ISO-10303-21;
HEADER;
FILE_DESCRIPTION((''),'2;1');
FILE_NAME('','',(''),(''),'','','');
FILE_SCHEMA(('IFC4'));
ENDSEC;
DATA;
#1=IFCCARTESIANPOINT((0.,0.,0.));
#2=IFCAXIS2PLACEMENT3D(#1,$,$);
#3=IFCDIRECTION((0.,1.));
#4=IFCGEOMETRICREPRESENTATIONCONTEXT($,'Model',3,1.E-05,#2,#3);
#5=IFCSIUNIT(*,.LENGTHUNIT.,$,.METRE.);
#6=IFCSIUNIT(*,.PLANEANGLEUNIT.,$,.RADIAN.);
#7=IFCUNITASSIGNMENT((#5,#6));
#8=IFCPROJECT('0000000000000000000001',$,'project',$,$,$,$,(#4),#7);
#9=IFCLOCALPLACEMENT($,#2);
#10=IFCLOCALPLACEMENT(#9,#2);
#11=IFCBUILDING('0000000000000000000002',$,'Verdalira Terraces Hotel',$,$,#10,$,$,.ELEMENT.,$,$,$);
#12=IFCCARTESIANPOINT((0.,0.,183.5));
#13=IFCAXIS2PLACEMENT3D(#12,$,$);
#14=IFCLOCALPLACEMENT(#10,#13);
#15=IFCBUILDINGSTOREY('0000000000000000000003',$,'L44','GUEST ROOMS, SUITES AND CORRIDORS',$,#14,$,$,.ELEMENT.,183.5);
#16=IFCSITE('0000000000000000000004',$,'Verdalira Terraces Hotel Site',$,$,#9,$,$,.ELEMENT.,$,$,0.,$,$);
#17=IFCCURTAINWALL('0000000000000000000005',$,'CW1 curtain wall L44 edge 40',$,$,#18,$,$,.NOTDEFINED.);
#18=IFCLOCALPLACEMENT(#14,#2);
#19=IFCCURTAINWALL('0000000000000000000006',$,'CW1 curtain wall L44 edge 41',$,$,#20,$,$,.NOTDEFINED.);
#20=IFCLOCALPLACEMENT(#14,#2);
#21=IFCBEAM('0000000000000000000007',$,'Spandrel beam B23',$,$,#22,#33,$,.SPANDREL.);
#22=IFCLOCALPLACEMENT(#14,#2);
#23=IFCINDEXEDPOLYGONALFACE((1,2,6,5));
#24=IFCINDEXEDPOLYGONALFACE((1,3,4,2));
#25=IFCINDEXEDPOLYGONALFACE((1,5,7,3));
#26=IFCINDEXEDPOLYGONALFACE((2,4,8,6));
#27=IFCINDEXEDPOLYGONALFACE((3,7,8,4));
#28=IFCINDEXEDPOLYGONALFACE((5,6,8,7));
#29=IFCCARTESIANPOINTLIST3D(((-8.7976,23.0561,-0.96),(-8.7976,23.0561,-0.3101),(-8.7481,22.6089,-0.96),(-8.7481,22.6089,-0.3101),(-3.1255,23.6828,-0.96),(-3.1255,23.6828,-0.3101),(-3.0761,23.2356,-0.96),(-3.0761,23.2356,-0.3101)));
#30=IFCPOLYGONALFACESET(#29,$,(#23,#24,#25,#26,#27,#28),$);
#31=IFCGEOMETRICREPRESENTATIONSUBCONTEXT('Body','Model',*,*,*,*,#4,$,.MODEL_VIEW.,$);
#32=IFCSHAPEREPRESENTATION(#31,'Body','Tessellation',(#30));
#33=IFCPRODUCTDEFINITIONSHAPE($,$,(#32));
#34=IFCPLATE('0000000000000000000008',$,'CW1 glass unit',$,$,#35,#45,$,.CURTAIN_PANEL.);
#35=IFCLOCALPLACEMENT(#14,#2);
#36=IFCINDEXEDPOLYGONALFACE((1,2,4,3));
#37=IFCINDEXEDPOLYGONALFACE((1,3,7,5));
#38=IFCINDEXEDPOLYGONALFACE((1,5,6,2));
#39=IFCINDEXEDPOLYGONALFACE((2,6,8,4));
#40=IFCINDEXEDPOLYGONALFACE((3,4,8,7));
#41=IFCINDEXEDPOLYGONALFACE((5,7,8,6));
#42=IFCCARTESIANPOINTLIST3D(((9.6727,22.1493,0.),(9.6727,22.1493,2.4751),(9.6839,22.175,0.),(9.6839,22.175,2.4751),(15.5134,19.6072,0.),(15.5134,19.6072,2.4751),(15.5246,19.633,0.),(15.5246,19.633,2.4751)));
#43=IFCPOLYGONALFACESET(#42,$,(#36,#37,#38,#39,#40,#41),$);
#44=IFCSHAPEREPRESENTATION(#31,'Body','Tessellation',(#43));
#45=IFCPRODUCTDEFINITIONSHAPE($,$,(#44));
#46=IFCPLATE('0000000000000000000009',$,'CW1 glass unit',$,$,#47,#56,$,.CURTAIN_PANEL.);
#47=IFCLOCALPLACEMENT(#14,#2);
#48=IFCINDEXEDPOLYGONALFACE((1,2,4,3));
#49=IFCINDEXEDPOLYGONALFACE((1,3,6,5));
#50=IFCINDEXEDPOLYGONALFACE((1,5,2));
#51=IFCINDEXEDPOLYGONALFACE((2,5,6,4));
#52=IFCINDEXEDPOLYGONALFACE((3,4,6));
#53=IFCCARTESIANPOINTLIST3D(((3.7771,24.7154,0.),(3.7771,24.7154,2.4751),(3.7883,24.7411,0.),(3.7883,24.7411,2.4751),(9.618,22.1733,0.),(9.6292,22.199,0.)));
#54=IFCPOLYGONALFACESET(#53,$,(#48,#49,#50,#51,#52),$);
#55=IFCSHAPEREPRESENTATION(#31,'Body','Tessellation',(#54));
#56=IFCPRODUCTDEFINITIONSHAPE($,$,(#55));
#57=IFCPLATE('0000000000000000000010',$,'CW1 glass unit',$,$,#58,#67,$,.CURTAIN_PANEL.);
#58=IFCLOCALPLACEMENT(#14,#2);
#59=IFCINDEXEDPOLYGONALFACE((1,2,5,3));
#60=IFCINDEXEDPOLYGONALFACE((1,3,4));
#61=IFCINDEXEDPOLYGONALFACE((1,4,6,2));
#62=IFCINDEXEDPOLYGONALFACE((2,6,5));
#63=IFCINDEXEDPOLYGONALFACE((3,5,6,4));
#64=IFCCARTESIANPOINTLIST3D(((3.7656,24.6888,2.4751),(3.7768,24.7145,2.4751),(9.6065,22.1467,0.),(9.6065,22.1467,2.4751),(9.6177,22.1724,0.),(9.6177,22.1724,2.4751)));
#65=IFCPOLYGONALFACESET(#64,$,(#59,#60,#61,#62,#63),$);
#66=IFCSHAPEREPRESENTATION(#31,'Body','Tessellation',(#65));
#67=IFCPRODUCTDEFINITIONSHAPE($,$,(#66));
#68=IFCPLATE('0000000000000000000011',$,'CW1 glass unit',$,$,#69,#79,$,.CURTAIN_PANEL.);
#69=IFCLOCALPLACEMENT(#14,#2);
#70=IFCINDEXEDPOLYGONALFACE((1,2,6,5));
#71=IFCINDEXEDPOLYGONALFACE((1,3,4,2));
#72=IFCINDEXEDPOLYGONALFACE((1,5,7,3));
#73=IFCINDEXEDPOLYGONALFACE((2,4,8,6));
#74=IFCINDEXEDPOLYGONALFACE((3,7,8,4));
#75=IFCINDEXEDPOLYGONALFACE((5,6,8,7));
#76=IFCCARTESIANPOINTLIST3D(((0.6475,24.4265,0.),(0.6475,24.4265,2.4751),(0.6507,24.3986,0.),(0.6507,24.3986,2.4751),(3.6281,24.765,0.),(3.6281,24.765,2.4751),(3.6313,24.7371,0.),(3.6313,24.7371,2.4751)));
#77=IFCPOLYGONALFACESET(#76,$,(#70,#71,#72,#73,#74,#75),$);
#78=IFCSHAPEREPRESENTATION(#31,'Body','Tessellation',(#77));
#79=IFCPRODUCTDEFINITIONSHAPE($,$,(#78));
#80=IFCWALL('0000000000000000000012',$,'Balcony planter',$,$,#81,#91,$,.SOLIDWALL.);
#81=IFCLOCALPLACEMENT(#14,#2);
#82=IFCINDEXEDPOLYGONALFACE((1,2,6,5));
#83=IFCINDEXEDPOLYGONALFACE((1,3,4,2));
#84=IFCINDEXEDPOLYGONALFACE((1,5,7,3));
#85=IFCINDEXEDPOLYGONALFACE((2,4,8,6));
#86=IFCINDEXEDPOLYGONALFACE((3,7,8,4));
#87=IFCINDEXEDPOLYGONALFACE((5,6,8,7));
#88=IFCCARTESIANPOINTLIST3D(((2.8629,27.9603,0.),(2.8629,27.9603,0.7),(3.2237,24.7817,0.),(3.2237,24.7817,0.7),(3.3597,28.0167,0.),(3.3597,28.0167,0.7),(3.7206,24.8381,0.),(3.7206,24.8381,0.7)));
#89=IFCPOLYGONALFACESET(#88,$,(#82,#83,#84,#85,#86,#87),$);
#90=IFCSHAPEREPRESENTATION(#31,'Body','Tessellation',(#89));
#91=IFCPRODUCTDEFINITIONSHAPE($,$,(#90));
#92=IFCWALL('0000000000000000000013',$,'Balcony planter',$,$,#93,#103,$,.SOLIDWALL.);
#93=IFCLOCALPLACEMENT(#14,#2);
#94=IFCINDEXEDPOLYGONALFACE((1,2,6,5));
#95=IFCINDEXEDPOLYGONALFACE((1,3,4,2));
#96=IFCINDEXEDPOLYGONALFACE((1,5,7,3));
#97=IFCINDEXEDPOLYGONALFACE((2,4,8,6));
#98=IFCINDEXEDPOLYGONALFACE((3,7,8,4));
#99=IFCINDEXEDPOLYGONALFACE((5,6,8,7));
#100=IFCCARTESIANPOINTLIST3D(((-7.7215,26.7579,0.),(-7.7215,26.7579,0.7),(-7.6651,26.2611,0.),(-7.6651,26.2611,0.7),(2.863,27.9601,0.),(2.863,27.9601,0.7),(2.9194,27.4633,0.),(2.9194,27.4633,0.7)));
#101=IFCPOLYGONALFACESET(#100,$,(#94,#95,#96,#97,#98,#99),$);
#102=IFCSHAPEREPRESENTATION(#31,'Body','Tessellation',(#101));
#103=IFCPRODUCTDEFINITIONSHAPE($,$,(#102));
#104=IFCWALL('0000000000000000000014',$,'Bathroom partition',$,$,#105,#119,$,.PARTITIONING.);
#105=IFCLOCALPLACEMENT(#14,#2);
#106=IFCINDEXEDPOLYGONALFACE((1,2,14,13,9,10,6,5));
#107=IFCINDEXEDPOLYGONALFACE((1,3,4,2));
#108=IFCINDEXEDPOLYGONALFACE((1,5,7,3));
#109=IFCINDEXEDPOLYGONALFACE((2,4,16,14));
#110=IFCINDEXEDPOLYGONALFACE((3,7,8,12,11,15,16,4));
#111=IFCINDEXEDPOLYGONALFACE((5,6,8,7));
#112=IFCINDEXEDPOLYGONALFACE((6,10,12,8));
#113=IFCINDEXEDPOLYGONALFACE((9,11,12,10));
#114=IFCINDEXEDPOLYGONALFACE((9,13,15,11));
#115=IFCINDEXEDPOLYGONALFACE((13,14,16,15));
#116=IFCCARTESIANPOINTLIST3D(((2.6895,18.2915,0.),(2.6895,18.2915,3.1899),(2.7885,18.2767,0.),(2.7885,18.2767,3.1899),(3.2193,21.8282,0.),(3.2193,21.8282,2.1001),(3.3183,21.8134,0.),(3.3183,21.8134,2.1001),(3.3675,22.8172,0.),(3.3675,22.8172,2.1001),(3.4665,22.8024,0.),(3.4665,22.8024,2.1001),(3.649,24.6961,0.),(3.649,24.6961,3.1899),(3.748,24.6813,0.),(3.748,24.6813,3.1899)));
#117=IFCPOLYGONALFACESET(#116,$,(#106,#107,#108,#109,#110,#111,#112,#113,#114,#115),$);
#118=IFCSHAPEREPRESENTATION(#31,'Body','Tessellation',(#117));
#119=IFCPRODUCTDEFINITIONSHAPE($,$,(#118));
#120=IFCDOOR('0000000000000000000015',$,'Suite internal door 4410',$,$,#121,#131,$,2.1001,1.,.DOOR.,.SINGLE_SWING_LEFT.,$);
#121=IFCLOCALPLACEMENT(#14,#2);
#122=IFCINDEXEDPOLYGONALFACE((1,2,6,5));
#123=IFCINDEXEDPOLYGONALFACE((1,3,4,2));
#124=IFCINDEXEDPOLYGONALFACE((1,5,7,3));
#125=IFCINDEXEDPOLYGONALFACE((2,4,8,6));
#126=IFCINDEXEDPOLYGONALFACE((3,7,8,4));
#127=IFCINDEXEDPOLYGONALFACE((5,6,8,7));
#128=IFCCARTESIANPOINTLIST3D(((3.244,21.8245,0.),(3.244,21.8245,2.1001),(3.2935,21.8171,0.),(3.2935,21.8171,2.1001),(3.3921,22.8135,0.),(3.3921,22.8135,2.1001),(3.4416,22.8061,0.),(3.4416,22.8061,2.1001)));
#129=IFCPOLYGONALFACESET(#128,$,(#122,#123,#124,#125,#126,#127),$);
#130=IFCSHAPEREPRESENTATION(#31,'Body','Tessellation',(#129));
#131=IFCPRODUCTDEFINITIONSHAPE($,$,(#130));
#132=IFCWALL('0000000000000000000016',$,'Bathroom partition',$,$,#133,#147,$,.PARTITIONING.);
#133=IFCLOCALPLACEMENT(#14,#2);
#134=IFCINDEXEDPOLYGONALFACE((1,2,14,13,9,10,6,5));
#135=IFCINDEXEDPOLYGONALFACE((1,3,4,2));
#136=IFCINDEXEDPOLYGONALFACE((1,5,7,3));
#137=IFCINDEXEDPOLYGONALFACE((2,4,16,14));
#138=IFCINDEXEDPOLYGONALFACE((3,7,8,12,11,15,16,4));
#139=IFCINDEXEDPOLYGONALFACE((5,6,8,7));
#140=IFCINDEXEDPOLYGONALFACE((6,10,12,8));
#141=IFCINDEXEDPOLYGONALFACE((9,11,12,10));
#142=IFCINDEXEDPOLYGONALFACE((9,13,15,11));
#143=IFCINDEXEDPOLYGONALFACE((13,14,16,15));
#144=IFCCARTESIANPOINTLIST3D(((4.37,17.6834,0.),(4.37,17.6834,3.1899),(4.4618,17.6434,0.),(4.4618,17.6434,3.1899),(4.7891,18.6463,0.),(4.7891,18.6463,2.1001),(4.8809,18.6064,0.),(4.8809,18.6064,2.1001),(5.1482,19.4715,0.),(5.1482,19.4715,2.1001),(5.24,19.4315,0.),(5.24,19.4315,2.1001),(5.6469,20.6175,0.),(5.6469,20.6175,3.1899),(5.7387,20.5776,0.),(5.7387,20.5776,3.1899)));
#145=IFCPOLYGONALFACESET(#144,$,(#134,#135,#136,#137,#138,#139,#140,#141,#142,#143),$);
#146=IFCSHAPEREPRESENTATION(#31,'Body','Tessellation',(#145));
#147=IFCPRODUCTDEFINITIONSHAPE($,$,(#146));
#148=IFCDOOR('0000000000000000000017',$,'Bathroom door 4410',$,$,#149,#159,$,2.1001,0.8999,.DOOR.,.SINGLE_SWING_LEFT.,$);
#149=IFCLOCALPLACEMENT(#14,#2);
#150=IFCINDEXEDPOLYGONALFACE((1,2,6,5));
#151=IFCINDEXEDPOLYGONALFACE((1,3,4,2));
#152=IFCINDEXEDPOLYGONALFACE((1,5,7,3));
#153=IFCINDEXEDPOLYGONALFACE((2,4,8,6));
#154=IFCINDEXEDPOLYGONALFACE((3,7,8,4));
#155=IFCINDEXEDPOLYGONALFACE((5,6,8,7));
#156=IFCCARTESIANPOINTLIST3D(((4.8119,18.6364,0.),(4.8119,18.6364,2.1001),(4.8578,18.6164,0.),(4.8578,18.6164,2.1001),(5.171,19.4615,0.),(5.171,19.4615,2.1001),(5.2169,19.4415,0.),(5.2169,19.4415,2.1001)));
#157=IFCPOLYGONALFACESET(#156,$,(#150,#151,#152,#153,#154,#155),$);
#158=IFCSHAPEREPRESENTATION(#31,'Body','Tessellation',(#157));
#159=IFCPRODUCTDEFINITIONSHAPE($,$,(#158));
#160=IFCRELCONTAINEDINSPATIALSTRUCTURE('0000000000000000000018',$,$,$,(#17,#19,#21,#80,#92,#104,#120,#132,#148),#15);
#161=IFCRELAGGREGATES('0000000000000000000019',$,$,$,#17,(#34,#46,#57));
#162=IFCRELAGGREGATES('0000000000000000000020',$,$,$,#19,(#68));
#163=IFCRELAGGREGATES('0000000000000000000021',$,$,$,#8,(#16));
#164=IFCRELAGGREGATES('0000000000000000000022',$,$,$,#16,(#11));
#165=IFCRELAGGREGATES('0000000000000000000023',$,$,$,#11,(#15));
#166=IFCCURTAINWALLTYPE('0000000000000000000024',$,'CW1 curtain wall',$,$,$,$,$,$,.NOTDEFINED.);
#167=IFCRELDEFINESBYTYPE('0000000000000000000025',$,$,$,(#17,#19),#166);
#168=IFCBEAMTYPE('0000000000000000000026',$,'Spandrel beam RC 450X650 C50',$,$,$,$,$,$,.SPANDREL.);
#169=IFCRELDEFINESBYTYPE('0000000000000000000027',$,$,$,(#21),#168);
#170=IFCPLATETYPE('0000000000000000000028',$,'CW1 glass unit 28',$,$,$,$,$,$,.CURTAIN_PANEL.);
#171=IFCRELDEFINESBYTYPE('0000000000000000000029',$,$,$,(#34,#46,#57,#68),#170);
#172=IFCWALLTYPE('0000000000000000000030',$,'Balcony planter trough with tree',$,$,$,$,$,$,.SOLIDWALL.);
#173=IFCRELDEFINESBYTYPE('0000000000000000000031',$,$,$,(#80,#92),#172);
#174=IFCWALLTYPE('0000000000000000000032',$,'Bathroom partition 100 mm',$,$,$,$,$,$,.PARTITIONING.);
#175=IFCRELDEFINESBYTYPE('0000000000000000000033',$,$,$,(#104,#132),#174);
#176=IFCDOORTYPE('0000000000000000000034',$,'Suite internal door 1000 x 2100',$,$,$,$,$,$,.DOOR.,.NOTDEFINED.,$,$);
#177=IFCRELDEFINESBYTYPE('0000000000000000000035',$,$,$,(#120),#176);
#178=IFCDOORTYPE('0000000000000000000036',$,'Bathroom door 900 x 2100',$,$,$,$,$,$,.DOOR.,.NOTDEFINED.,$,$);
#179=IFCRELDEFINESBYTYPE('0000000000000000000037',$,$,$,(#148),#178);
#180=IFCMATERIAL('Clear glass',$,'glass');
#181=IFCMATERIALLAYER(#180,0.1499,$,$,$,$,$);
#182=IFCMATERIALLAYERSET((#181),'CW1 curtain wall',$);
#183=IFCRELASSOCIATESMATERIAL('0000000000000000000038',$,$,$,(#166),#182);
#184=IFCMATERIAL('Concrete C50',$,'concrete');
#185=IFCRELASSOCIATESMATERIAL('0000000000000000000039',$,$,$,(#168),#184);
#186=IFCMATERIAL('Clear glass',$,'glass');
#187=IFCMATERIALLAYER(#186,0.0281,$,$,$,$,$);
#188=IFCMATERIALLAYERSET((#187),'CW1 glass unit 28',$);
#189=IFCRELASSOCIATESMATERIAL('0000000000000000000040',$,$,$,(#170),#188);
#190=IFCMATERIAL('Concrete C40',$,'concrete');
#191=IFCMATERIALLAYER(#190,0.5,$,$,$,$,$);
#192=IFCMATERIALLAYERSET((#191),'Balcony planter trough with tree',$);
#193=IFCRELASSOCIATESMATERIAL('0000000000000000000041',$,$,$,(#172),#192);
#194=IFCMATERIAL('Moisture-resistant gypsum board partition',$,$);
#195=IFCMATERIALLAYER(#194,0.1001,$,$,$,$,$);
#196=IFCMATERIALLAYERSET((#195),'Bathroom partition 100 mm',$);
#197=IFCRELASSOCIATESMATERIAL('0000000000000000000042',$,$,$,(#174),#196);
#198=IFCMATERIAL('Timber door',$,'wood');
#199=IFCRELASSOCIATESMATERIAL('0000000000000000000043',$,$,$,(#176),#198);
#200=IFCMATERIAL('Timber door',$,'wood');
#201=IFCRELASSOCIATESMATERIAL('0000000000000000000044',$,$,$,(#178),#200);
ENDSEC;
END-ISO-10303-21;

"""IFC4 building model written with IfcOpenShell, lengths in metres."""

from ifc_helpers import new_model, si_unit, direction, frame, frame_2d, origin, origin_2d, place, context, subcontext, project, spatial, polyline, rectangle, outline, extrude, material, layer, layer_set, material_profile, profile_set, type_object, element, fill, aggregate, save


model = new_model("IFC4")

# Units and contexts
model_context = context("Model", 3, precision=1e-05, world=origin(), true_north=direction((0.0, 1.0)))
body_context = subcontext(model_context, "Body", "Model", "MODEL_VIEW")
ifc_project = project(units=[si_unit("LENGTHUNIT", "METRE"), si_unit("PLANEANGLEUNIT", "RADIAN")], contexts=[model_context])

# Site, building, storey
site_placement = place(None, origin())
site = spatial("IfcSite", under=ifc_project, at=site_placement, Name="Verdalira Terraces Hotel Site", CompositionType="ELEMENT", RefElevation=0.0)
building_placement = place(site_placement, origin())
building = spatial("IfcBuilding", under=site, at=building_placement, Name="Verdalira Terraces Hotel", CompositionType="ELEMENT")
storey_placement = place(building_placement, frame((0.0, 0.0, 183.5)))
storey = spatial("IfcBuildingStorey", under=building, at=storey_placement, Name="L44", Description="GUEST ROOMS, SUITES AND CORRIDORS", CompositionType="ELEMENT", Elevation=183.5)

# Curtain walls
ifc_material_1 = material(Name="Clear glass", Category="glass")
ifc_layer_1 = layer(ifc_material_1, 0.1499)
ifc_layer_set_1 = layer_set([ifc_layer_1], Name="CW1 curtain wall")
curtain_wall_type = type_object("IfcCurtainWallType", Name="CW1 curtain wall", PredefinedType="NOTDEFINED", material=ifc_layer_set_1)
curtain_wall_1_placement = place(storey_placement, origin())
curtain_wall_1 = element("IfcCurtainWall", 1, at=curtain_wall_1_placement, inside=storey, type_object=curtain_wall_type, Name="CW1 curtain wall L44 edge 40", PredefinedType="NOTDEFINED")
curtain_wall_2_placement = place(storey_placement, origin())
curtain_wall_2 = element("IfcCurtainWall", 2, at=curtain_wall_2_placement, inside=storey, type_object=curtain_wall_type, Name="CW1 curtain wall L44 edge 41", PredefinedType="NOTDEFINED")

# Beam
ifc_material_2 = material(Name="Concrete C50", Category="concrete")
ifc_material_profile_1 = material_profile(ifc_material_2, rectangle(XDim=0.45, YDim=0.6499, at=origin_2d()), Name="RC 450X650")
ifc_profile_set_1 = profile_set([ifc_material_profile_1], Name="Concrete C50")
beam_type_1 = type_object("IfcBeamType", Name="Spandrel beam RC 450X650 C50", PredefinedType="SPANDREL", material=ifc_profile_set_1)
beam_1_placement = place(storey_placement, frame((-3.1008, 23.4592, -0.635), z_axis=(-0.993951, -0.109821, 0.0), x_axis=(0.109821, -0.993951, 0.0)))
element("IfcBeam", 3, at=beam_1_placement, inside=storey, type_object=beam_type_1, Name="Spandrel beam B23", PredefinedType="SPANDREL", context=body_context, shape_type="SweptSolid", body=[
    extrude(rectangle(XDim=0.45, YDim=0.6499, at=origin_2d()), origin(), (0.0, 0.0, 1.0), 5.7065),
])

# Plates
ifc_material_3 = material(Name="Clear glass", Category="glass")
ifc_layer_2 = layer(ifc_material_3, 0.0281)
ifc_layer_set_2 = layer_set([ifc_layer_2], Name="CW1 glass unit 28")
plate_type = type_object("IfcPlateType", Name="CW1 glass unit 28", PredefinedType="CURTAIN_PANEL", material=ifc_layer_set_2)
plate_1_placement = place(storey_placement, frame((12.5986, 20.8911, 0.0), z_axis=(0.0, 0.0, 1.0), x_axis=(-0.916921, 0.399069, 0.0)))
plate_1 = element("IfcPlate", 4, at=plate_1_placement, type_object=plate_type, Name="CW1 glass unit", PredefinedType="CURTAIN_PANEL", context=body_context, shape_type="SweptSolid", body=[
    extrude(rectangle(XDim=6.3699, YDim=0.0281, at=origin_2d()), origin(), (0.0, 0.0, 1.0), 2.4751),
])
plate_2_placement = place(storey_placement, frame((6.6975, 23.4443, 1.2375), z_axis=(0.399069, 0.916921, 0.0), x_axis=(-0.916921, 0.399069, 0.0)))
plate_2 = element("IfcPlate", 5, at=plate_2_placement, type_object=plate_type, Name="CW1 glass unit", PredefinedType="CURTAIN_PANEL", context=body_context, shape_type="SweptSolid", body=[
    extrude(outline(polyline([(-3.1851, -1.2375), (3.1851, -1.2375), (3.1851, 1.2375), (-3.1851, -1.2375)])), origin(), (0.0, 0.0, 1.0), 0.0281),
])
plate_3_placement = place(storey_placement, frame((6.686, 23.4177, 1.2375), z_axis=(0.399069, 0.916921, 0.0), x_axis=(-0.916921, 0.399069, 0.0)))
plate_3 = element("IfcPlate", 6, at=plate_3_placement, type_object=plate_type, Name="CW1 glass unit", PredefinedType="CURTAIN_PANEL", context=body_context, shape_type="SweptSolid", body=[
    extrude(outline(polyline([(-3.1851, -1.2375), (3.1851, 1.2375), (-3.1851, 1.2375), (-3.1851, -1.2375)])), origin(), (0.0, 0.0, 1.0), 0.0281),
])
aggregate(curtain_wall_1, [plate_1, plate_2, plate_3])
plate_4_placement = place(storey_placement, frame((2.1394, 24.5818, 0.0), z_axis=(0.0, 0.0, 1.0), x_axis=(-0.993611, -0.112856, 0.0)))
plate_4 = element("IfcPlate", 7, at=plate_4_placement, type_object=plate_type, Name="CW1 glass unit", PredefinedType="CURTAIN_PANEL", context=body_context, shape_type="SweptSolid", body=[
    extrude(rectangle(XDim=2.9998, YDim=0.0281, at=origin_2d()), origin(), (0.0, 0.0, 1.0), 2.4751),
])
aggregate(curtain_wall_2, [plate_4])

# Walls
ifc_material_4 = material(Name="Concrete C40", Category="concrete")
ifc_layer_3 = layer(ifc_material_4, 0.5)
ifc_layer_set_3 = layer_set([ifc_layer_3], Name="Balcony planter trough with tree")
wall_type_1 = type_object("IfcWallType", Name="Balcony planter trough with tree", PredefinedType="SOLIDWALL", material=ifc_layer_set_3)
wall_1_placement = place(storey_placement, frame((3.4722, 24.8098, 0.0), z_axis=(0.0, 0.0, 1.0), x_axis=(-0.112802, 0.993618, 0.0)))
element("IfcWall", 8, at=wall_1_placement, inside=storey, type_object=wall_type_1, Name="Balcony planter", PredefinedType="SOLIDWALL", context=body_context, shape_type="SweptSolid", body=[
    extrude(rectangle(XDim=3.199, YDim=0.5, at=frame_2d((1.5996, 0.0))), origin(), (0.0, 0.0, 1.0), 0.7),
])
wall_2_placement = place(storey_placement, frame((2.8911, 27.7117, 0.0), z_axis=(0.0, 0.0, 1.0), x_axis=(-0.993612, -0.112851, 0.0)))
element("IfcWall", 9, at=wall_2_placement, inside=storey, type_object=wall_type_1, Name="Balcony planter", PredefinedType="SOLIDWALL", context=body_context, shape_type="SweptSolid", body=[
    extrude(rectangle(XDim=10.6526, YDim=0.5, at=frame_2d((5.3262, 0.0))), origin(), (0.0, 0.0, 1.0), 0.7),
])

# Walls, openings, doors
ifc_material_5 = material(Name="Moisture-resistant gypsum board partition")
ifc_layer_4 = layer(ifc_material_5, 0.1001)
ifc_layer_set_4 = layer_set([ifc_layer_4], Name="Bathroom partition 100 mm")
wall_type_2 = type_object("IfcWallType", Name="Bathroom partition 100 mm", PredefinedType="PARTITIONING", material=ifc_layer_set_4)
wall_3_placement = place(storey_placement, frame((3.6985, 24.6887, 0.0), z_axis=(0.0, 0.0, 1.0), x_axis=(-0.148158, -0.988964, 0.0)))
wall_3 = element("IfcWall", 10, at=wall_3_placement, inside=storey, type_object=wall_type_2, Name="Bathroom partition", PredefinedType="PARTITIONING", context=body_context, shape_type="SweptSolid", body=[
    extrude(rectangle(XDim=6.4761, YDim=0.1001, at=frame_2d((3.238, 0.0))), origin(), (0.0, 0.0, 1.0), 3.1899),
])
opening_1_placement = place(wall_3_placement, frame((1.8999, 0.0, 0.0)))
opening_1 = element("IfcOpeningElement", 11, at=opening_1_placement, cuts=wall_3, PredefinedType="OPENING", context=body_context, shape_type="SweptSolid", body=[
    extrude(rectangle(XDim=1.0, YDim=2.1001, at=frame_2d((0.5, 1.05))), frame((0.0, 0.0601, 0.0), z_axis=(0.0, -1.0, 0.0), x_axis=(1.0, 0.0, 0.0)), (0.0, 0.0, 1.0), 0.1201),
])
ifc_material_6 = material(Name="Timber door", Category="wood")
door_type_1 = type_object("IfcDoorType", Name="Suite internal door 1000 x 2100", OperationType="NOTDEFINED", PredefinedType="DOOR", material=ifc_material_6)
door_1_placement = place(opening_1_placement, origin())
door_1 = element("IfcDoor", 12, at=door_1_placement, inside=storey, type_object=door_type_1, Name="Suite internal door 4410", OperationType="SINGLE_SWING_LEFT", OverallHeight=2.1001, OverallWidth=1.0, PredefinedType="DOOR", context=body_context, shape_type="SweptSolid", body=[
    extrude(rectangle(XDim=1.0, YDim=2.1001, at=frame_2d((0.5, 1.05))), frame((0.0, 0.0249, 0.0), z_axis=(0.0, -1.0, 0.0), x_axis=(1.0, 0.0, 0.0)), (0.0, 0.0, 1.0), 0.05),
])
fill(opening_1, door_1)
wall_4_placement = place(storey_placement, frame((5.6929, 20.5977, 0.0), z_axis=(0.0, 0.0, 1.0), x_axis=(-0.399033, -0.916937, 0.0)))
wall_4 = element("IfcWall", 13, at=wall_4_placement, inside=storey, type_object=wall_type_2, Name="Bathroom partition", PredefinedType="PARTITIONING", context=body_context, shape_type="SweptSolid", body=[
    extrude(rectangle(XDim=3.2, YDim=0.1001, at=frame_2d((1.6001, 0.0))), origin(), (0.0, 0.0, 1.0), 3.1899),
])
opening_2_placement = place(wall_4_placement, frame((1.25, 0.0, 0.0)))
opening_2 = element("IfcOpeningElement", 14, at=opening_2_placement, cuts=wall_4, PredefinedType="OPENING", context=body_context, shape_type="SweptSolid", body=[
    extrude(rectangle(XDim=0.8999, YDim=2.1001, at=frame_2d((0.45, 1.05))), frame((0.0, 0.0601, 0.0), z_axis=(0.0, -1.0, 0.0), x_axis=(1.0, 0.0, 0.0)), (0.0, 0.0, 1.0), 0.1201),
])
ifc_material_7 = material(Name="Timber door", Category="wood")
door_type_2 = type_object("IfcDoorType", Name="Bathroom door 900 x 2100", OperationType="NOTDEFINED", PredefinedType="DOOR", material=ifc_material_7)
door_2_placement = place(opening_2_placement, origin())
door_2 = element("IfcDoor", 15, at=door_2_placement, inside=storey, type_object=door_type_2, Name="Bathroom door 4410", OperationType="SINGLE_SWING_LEFT", OverallHeight=2.1001, OverallWidth=0.8999, PredefinedType="DOOR", context=body_context, shape_type="SweptSolid", body=[
    extrude(rectangle(XDim=0.8999, YDim=2.1001, at=frame_2d((0.45, 1.05))), frame((0.0, 0.0249, 0.0), z_axis=(0.0, -1.0, 0.0), x_axis=(1.0, 0.0, 0.0)), (0.0, 0.0, 1.0), 0.05),
])
fill(opening_2, door_2)

save(model, "model.ifc")
